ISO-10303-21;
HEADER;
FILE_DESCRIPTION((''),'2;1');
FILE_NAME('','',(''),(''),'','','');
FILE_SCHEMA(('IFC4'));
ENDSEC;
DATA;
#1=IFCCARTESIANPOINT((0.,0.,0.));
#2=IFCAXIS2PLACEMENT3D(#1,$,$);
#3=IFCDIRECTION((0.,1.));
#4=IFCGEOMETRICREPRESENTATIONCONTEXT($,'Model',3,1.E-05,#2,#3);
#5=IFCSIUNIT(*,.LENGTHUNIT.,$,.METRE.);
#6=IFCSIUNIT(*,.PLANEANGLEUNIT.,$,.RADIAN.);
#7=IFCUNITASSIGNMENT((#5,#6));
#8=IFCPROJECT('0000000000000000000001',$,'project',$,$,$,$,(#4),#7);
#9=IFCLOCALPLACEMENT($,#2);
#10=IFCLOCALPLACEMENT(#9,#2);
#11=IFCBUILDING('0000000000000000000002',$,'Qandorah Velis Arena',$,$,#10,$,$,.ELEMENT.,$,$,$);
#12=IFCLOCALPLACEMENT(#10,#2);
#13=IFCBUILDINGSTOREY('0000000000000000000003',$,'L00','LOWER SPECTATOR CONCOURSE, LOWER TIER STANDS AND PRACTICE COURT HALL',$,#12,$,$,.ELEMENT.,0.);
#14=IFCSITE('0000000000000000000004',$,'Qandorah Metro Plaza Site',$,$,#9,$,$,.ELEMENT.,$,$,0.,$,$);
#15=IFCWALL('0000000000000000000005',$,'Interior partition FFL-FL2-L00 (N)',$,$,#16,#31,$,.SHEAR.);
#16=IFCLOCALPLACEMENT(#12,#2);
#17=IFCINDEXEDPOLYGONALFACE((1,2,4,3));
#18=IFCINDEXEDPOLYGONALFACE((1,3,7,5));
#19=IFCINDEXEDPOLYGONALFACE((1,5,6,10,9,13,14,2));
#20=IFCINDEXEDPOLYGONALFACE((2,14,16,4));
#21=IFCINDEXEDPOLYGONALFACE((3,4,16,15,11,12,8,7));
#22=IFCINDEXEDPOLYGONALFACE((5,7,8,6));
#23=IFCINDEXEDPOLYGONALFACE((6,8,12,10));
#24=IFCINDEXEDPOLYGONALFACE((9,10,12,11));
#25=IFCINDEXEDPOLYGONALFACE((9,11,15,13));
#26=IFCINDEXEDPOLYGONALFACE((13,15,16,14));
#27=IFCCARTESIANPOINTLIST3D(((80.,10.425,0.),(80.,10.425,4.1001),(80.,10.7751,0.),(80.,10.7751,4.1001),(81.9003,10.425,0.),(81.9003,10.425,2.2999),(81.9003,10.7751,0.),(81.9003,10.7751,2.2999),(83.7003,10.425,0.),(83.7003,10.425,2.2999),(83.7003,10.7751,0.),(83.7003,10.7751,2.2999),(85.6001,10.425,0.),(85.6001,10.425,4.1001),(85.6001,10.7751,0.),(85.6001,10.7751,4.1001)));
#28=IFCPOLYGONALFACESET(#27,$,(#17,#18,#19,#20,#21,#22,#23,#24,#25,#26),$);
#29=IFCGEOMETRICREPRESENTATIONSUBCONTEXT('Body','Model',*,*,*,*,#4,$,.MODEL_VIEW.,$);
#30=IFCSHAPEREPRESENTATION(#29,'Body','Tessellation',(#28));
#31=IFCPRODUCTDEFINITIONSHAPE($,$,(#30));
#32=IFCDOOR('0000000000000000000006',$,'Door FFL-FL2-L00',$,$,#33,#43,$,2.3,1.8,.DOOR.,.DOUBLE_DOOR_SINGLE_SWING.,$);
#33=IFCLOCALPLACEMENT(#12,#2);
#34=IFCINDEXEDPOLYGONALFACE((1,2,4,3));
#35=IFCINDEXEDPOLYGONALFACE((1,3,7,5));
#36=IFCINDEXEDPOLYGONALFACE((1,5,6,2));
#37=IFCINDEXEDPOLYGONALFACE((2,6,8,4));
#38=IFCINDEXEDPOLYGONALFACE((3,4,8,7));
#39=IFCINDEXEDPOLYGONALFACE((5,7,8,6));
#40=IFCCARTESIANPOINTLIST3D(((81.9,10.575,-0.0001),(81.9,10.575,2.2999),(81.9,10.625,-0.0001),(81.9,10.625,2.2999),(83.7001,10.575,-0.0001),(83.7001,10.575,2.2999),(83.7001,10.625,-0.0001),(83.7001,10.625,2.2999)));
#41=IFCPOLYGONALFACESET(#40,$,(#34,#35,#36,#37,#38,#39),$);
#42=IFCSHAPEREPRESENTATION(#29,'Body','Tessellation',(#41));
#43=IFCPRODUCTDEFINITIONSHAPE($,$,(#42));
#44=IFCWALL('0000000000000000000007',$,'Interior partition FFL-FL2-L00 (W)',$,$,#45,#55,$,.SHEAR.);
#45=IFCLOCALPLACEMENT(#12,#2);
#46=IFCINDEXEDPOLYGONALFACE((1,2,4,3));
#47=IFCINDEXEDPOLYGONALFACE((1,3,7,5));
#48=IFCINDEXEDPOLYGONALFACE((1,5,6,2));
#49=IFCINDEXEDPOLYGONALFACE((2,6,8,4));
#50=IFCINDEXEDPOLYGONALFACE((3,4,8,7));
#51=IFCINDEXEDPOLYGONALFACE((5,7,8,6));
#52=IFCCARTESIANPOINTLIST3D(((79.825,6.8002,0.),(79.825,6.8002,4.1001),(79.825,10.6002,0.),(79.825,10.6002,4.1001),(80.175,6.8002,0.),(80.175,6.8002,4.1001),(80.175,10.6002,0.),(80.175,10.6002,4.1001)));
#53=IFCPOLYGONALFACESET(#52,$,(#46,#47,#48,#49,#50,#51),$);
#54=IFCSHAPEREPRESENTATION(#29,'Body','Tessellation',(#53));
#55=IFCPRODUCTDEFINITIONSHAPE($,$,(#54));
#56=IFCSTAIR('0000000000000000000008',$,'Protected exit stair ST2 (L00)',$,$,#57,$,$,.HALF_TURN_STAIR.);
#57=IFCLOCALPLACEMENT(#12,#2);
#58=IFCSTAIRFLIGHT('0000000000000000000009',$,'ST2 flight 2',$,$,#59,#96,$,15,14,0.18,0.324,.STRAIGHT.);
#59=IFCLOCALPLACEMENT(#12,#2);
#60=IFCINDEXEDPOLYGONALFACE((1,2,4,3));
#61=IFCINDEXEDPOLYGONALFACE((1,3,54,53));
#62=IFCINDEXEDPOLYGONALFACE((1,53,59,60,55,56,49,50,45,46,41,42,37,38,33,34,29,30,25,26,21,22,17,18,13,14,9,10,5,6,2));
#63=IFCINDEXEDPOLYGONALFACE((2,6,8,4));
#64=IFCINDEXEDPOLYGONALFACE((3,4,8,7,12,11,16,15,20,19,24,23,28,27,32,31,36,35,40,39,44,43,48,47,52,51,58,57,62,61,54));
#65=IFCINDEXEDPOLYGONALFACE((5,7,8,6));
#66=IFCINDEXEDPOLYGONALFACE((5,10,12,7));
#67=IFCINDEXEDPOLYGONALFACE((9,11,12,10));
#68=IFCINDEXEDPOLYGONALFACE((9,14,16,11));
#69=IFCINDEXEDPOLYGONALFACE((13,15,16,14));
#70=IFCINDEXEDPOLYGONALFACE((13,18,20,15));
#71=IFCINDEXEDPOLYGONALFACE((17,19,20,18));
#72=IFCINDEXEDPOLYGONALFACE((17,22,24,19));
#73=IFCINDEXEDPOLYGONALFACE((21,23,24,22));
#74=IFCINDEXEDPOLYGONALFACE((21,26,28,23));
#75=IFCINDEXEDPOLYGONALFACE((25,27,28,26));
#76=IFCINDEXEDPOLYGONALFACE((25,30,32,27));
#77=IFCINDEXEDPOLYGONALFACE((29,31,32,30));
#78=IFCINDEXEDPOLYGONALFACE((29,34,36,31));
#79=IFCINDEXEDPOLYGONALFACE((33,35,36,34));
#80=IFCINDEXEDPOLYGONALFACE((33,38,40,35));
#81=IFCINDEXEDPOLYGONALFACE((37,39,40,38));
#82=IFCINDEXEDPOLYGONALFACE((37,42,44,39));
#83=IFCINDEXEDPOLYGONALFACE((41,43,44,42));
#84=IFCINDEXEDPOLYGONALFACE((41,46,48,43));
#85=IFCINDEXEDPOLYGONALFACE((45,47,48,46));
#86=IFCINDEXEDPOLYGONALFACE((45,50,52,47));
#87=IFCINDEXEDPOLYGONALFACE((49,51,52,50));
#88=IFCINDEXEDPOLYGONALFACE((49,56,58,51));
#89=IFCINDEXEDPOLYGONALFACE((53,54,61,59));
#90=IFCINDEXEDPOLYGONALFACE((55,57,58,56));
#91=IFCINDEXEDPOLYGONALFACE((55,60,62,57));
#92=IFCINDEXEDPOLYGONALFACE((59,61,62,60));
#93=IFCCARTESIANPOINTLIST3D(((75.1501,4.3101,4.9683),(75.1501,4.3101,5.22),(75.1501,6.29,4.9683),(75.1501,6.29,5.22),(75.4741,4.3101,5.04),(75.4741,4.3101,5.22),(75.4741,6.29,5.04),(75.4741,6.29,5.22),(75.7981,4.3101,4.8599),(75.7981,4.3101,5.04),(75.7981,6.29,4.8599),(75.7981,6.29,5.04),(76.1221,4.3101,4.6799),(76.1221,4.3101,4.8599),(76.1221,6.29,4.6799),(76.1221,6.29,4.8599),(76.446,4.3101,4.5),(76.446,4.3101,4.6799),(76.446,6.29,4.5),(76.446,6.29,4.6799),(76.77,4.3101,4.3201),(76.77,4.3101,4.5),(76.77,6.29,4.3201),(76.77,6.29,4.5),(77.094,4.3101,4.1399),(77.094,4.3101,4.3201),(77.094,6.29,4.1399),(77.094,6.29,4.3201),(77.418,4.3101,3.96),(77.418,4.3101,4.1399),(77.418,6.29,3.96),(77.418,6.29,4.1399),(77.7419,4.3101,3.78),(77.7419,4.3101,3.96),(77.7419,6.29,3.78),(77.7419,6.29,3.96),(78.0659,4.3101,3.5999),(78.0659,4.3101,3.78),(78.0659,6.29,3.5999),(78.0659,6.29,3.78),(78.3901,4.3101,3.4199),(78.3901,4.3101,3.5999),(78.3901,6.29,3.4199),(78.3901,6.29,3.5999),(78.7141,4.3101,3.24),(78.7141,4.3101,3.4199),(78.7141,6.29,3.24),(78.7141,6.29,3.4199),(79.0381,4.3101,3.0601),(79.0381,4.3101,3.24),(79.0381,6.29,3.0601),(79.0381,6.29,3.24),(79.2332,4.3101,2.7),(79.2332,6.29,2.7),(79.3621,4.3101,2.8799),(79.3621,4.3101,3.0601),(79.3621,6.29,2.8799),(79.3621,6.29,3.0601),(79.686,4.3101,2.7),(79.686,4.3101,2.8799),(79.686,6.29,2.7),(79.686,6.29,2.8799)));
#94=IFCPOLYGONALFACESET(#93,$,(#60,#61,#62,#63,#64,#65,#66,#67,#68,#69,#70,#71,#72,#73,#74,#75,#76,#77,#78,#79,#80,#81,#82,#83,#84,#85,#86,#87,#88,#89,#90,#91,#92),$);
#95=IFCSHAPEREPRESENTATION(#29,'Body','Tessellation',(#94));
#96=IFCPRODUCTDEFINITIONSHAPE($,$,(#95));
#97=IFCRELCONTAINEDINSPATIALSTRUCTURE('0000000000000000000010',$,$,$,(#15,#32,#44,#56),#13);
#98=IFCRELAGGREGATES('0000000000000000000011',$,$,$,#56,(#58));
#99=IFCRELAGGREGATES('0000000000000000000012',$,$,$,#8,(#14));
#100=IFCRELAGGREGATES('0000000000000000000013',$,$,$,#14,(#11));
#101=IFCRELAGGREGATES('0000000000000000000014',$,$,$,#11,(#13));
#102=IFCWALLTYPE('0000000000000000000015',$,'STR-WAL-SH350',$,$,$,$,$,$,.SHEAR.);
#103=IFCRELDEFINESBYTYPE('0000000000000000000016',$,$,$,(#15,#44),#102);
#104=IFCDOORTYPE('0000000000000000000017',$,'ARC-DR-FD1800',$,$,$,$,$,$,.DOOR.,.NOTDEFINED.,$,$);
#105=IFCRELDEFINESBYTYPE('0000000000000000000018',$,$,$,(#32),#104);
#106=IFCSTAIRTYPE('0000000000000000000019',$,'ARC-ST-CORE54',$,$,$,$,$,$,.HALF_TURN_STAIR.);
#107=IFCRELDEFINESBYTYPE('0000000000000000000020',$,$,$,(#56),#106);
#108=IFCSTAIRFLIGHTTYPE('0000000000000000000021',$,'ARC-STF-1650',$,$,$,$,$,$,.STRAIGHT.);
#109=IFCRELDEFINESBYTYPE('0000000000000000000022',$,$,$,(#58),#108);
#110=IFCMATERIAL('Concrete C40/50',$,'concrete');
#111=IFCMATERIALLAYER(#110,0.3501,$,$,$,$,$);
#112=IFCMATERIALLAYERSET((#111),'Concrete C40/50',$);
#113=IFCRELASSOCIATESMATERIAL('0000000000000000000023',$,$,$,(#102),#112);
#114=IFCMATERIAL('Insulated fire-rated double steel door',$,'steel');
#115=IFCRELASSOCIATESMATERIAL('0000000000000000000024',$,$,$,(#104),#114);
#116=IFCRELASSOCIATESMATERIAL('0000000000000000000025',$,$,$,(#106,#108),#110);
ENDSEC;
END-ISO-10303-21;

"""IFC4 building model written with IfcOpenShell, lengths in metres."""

from ifc_helpers import new_model, si_unit, direction, frame, frame_2d, origin, place, context, subcontext, project, spatial, polyline, rectangle, outline, extrude, material, layer, layer_set, type_object, element, fill, aggregate, save


model = new_model("IFC4")

# Units and contexts
model_context = context("Model", 3, precision=1e-05, world=origin(), true_north=direction((0.0, 1.0)))
body_context = subcontext(model_context, "Body", "Model", "MODEL_VIEW")
ifc_project = project(units=[si_unit("LENGTHUNIT", "METRE"), si_unit("PLANEANGLEUNIT", "RADIAN")], contexts=[model_context])

# Site, building, storey
site_placement = place(None, origin())
site = spatial("IfcSite", under=ifc_project, at=site_placement, Name="Qandorah Metro Plaza Site", CompositionType="ELEMENT", RefElevation=0.0)
building_placement = place(site_placement, origin())
building = spatial("IfcBuilding", under=site, at=building_placement, Name="Qandorah Velis Arena", CompositionType="ELEMENT")
storey_placement = place(building_placement, origin())
storey = spatial("IfcBuildingStorey", under=building, at=storey_placement, Name="L00", Description="LOWER SPECTATOR CONCOURSE, LOWER TIER STANDS AND PRACTICE COURT HALL", CompositionType="ELEMENT", Elevation=0.0)

# Shared definitions
ifc_material_1 = material(Name="Concrete C40/50", Category="concrete")

# Shared definitions
ifc_layer_1 = layer(ifc_material_1, 0.3501)
ifc_layer_set_1 = layer_set([ifc_layer_1], Name="Concrete C40/50")
wall_type_1 = type_object("IfcWallType", Name="STR-WAL-SH350", PredefinedType="SHEAR", material=ifc_layer_set_1)

# Wall, opening, door
wall_1_placement = place(storey_placement, frame((85.6001, 10.6001, 0.0), z_axis=(0.0, 0.0, 1.0), x_axis=(-1.0, 0.0, 0.0)))
wall_1 = element("IfcWall", 1, at=wall_1_placement, inside=storey, type_object=wall_type_1, Name="Interior partition FFL-FL2-L00 (N)", PredefinedType="SHEAR", context=body_context, shape_type="SweptSolid", body=[
    extrude(rectangle(XDim=5.6001, YDim=0.3501, at=frame_2d((2.8, 0.0))), origin(), (0.0, 0.0, 1.0), 4.1001),
])
opening_1_placement = place(wall_1_placement, frame((1.8999, 0.0, 0.0)))
opening_1 = element("IfcOpeningElement", 2, at=opening_1_placement, cuts=wall_1, PredefinedType="OPENING", context=body_context, shape_type="SweptSolid", body=[
    extrude(rectangle(XDim=1.8, YDim=2.3, at=frame_2d((0.8999, 1.1499))), frame((0.0, 0.1851, 0.0), z_axis=(0.0, -1.0, 0.0), x_axis=(1.0, 0.0, 0.0)), (0.0, 0.0, 1.0), 0.3701),
])
ifc_material_2 = material(Name="Insulated fire-rated double steel door", Category="steel")
door_type_1 = type_object("IfcDoorType", Name="ARC-DR-FD1800", OperationType="NOTDEFINED", PredefinedType="DOOR", material=ifc_material_2)
door_1_placement = place(opening_1_placement, frame((1.8, 0.0, 0.0), z_axis=(0.0, 0.0, 1.0), x_axis=(-1.0, 0.0, 0.0)))
door_1 = element("IfcDoor", 3, at=door_1_placement, inside=storey, type_object=door_type_1, Name="Door FFL-FL2-L00", OperationType="DOUBLE_DOOR_SINGLE_SWING", OverallHeight=2.3, OverallWidth=1.8, PredefinedType="DOOR", context=body_context, shape_type="SweptSolid", body=[
    extrude(rectangle(XDim=1.8, YDim=2.3, at=frame_2d((0.8999, 1.1499))), frame((0.0, 0.0249, 0.0), z_axis=(0.0, -1.0, 0.0), x_axis=(1.0, 0.0, 0.0)), (0.0, 0.0, 1.0), 0.05),
])
fill(opening_1, door_1)

# Wall
wall_2_placement = place(storey_placement, frame((80.0, 10.6001, 0.0), z_axis=(0.0, 0.0, 1.0), x_axis=(0.0, -1.0, 0.0)))
element("IfcWall", 4, at=wall_2_placement, inside=storey, type_object=wall_type_1, Name="Interior partition FFL-FL2-L00 (W)", PredefinedType="SHEAR", context=body_context, shape_type="SweptSolid", body=[
    extrude(rectangle(XDim=3.8, YDim=0.3501, at=frame_2d((1.8999, 0.0))), origin(), (0.0, 0.0, 1.0), 4.1001),
])

# Stair, stair flight
stair_type = type_object("IfcStairType", Name="ARC-ST-CORE54", PredefinedType="HALF_TURN_STAIR", material=ifc_material_1)
stair_placement = place(storey_placement, origin())
stair = element("IfcStair", 5, at=stair_placement, inside=storey, type_object=stair_type, Name="Protected exit stair ST2 (L00)", PredefinedType="HALF_TURN_STAIR")
stair_flight_type = type_object("IfcStairFlightType", Name="ARC-STF-1650", PredefinedType="STRAIGHT", material=ifc_material_1)
stair_flight_placement = place(storey_placement, frame((79.686, 5.3, 2.7), z_axis=(0.0, 0.0, 1.0), x_axis=(-1.0, 0.0, 0.0)))
stair_flight = element("IfcStairFlight", 6, at=stair_flight_placement, type_object=stair_flight_type, Name="ST2 flight 2", NumberOfRisers=15, NumberOfTreads=14, PredefinedType="STRAIGHT", RiserHeight=0.18, TreadLength=0.324, context=body_context, shape_type="SweptSolid", body=[
    extrude(outline(polyline([(0.0, 0.0), (0.0, 0.1799), (0.324, 0.1799), (0.324, 0.3601), (0.6479, 0.3601), (0.6479, 0.54), (0.9719, 0.54), (0.9719, 0.72), (1.2959, 0.72), (1.2959, 0.8999), (1.6201, 0.8999), (1.6201, 1.0801), (1.9441, 1.0801), (1.9441, 1.26), (2.2681, 1.26), (2.2681, 1.4399), (2.592, 1.4399), (2.592, 1.6201), (2.916, 1.6201), (2.916, 1.8), (3.24, 1.8), (3.24, 1.98), (3.564, 1.98), (3.564, 2.1599), (3.8879, 2.1599), (3.8879, 2.3401), (4.2119, 2.3401), (4.2119, 2.52), (4.5359, 2.52), (4.5359, 2.7), (4.5359, 2.2683), (0.4529, 0.0), (0.0, 0.0)])), frame((0.0, 0.99, 0.0), z_axis=(0.0, -1.0, 0.0), x_axis=(1.0, 0.0, 0.0)), (0.0, 0.0, 1.0), 1.98),
])
aggregate(stair, [stair_flight])

save(model, "model.ifc")
